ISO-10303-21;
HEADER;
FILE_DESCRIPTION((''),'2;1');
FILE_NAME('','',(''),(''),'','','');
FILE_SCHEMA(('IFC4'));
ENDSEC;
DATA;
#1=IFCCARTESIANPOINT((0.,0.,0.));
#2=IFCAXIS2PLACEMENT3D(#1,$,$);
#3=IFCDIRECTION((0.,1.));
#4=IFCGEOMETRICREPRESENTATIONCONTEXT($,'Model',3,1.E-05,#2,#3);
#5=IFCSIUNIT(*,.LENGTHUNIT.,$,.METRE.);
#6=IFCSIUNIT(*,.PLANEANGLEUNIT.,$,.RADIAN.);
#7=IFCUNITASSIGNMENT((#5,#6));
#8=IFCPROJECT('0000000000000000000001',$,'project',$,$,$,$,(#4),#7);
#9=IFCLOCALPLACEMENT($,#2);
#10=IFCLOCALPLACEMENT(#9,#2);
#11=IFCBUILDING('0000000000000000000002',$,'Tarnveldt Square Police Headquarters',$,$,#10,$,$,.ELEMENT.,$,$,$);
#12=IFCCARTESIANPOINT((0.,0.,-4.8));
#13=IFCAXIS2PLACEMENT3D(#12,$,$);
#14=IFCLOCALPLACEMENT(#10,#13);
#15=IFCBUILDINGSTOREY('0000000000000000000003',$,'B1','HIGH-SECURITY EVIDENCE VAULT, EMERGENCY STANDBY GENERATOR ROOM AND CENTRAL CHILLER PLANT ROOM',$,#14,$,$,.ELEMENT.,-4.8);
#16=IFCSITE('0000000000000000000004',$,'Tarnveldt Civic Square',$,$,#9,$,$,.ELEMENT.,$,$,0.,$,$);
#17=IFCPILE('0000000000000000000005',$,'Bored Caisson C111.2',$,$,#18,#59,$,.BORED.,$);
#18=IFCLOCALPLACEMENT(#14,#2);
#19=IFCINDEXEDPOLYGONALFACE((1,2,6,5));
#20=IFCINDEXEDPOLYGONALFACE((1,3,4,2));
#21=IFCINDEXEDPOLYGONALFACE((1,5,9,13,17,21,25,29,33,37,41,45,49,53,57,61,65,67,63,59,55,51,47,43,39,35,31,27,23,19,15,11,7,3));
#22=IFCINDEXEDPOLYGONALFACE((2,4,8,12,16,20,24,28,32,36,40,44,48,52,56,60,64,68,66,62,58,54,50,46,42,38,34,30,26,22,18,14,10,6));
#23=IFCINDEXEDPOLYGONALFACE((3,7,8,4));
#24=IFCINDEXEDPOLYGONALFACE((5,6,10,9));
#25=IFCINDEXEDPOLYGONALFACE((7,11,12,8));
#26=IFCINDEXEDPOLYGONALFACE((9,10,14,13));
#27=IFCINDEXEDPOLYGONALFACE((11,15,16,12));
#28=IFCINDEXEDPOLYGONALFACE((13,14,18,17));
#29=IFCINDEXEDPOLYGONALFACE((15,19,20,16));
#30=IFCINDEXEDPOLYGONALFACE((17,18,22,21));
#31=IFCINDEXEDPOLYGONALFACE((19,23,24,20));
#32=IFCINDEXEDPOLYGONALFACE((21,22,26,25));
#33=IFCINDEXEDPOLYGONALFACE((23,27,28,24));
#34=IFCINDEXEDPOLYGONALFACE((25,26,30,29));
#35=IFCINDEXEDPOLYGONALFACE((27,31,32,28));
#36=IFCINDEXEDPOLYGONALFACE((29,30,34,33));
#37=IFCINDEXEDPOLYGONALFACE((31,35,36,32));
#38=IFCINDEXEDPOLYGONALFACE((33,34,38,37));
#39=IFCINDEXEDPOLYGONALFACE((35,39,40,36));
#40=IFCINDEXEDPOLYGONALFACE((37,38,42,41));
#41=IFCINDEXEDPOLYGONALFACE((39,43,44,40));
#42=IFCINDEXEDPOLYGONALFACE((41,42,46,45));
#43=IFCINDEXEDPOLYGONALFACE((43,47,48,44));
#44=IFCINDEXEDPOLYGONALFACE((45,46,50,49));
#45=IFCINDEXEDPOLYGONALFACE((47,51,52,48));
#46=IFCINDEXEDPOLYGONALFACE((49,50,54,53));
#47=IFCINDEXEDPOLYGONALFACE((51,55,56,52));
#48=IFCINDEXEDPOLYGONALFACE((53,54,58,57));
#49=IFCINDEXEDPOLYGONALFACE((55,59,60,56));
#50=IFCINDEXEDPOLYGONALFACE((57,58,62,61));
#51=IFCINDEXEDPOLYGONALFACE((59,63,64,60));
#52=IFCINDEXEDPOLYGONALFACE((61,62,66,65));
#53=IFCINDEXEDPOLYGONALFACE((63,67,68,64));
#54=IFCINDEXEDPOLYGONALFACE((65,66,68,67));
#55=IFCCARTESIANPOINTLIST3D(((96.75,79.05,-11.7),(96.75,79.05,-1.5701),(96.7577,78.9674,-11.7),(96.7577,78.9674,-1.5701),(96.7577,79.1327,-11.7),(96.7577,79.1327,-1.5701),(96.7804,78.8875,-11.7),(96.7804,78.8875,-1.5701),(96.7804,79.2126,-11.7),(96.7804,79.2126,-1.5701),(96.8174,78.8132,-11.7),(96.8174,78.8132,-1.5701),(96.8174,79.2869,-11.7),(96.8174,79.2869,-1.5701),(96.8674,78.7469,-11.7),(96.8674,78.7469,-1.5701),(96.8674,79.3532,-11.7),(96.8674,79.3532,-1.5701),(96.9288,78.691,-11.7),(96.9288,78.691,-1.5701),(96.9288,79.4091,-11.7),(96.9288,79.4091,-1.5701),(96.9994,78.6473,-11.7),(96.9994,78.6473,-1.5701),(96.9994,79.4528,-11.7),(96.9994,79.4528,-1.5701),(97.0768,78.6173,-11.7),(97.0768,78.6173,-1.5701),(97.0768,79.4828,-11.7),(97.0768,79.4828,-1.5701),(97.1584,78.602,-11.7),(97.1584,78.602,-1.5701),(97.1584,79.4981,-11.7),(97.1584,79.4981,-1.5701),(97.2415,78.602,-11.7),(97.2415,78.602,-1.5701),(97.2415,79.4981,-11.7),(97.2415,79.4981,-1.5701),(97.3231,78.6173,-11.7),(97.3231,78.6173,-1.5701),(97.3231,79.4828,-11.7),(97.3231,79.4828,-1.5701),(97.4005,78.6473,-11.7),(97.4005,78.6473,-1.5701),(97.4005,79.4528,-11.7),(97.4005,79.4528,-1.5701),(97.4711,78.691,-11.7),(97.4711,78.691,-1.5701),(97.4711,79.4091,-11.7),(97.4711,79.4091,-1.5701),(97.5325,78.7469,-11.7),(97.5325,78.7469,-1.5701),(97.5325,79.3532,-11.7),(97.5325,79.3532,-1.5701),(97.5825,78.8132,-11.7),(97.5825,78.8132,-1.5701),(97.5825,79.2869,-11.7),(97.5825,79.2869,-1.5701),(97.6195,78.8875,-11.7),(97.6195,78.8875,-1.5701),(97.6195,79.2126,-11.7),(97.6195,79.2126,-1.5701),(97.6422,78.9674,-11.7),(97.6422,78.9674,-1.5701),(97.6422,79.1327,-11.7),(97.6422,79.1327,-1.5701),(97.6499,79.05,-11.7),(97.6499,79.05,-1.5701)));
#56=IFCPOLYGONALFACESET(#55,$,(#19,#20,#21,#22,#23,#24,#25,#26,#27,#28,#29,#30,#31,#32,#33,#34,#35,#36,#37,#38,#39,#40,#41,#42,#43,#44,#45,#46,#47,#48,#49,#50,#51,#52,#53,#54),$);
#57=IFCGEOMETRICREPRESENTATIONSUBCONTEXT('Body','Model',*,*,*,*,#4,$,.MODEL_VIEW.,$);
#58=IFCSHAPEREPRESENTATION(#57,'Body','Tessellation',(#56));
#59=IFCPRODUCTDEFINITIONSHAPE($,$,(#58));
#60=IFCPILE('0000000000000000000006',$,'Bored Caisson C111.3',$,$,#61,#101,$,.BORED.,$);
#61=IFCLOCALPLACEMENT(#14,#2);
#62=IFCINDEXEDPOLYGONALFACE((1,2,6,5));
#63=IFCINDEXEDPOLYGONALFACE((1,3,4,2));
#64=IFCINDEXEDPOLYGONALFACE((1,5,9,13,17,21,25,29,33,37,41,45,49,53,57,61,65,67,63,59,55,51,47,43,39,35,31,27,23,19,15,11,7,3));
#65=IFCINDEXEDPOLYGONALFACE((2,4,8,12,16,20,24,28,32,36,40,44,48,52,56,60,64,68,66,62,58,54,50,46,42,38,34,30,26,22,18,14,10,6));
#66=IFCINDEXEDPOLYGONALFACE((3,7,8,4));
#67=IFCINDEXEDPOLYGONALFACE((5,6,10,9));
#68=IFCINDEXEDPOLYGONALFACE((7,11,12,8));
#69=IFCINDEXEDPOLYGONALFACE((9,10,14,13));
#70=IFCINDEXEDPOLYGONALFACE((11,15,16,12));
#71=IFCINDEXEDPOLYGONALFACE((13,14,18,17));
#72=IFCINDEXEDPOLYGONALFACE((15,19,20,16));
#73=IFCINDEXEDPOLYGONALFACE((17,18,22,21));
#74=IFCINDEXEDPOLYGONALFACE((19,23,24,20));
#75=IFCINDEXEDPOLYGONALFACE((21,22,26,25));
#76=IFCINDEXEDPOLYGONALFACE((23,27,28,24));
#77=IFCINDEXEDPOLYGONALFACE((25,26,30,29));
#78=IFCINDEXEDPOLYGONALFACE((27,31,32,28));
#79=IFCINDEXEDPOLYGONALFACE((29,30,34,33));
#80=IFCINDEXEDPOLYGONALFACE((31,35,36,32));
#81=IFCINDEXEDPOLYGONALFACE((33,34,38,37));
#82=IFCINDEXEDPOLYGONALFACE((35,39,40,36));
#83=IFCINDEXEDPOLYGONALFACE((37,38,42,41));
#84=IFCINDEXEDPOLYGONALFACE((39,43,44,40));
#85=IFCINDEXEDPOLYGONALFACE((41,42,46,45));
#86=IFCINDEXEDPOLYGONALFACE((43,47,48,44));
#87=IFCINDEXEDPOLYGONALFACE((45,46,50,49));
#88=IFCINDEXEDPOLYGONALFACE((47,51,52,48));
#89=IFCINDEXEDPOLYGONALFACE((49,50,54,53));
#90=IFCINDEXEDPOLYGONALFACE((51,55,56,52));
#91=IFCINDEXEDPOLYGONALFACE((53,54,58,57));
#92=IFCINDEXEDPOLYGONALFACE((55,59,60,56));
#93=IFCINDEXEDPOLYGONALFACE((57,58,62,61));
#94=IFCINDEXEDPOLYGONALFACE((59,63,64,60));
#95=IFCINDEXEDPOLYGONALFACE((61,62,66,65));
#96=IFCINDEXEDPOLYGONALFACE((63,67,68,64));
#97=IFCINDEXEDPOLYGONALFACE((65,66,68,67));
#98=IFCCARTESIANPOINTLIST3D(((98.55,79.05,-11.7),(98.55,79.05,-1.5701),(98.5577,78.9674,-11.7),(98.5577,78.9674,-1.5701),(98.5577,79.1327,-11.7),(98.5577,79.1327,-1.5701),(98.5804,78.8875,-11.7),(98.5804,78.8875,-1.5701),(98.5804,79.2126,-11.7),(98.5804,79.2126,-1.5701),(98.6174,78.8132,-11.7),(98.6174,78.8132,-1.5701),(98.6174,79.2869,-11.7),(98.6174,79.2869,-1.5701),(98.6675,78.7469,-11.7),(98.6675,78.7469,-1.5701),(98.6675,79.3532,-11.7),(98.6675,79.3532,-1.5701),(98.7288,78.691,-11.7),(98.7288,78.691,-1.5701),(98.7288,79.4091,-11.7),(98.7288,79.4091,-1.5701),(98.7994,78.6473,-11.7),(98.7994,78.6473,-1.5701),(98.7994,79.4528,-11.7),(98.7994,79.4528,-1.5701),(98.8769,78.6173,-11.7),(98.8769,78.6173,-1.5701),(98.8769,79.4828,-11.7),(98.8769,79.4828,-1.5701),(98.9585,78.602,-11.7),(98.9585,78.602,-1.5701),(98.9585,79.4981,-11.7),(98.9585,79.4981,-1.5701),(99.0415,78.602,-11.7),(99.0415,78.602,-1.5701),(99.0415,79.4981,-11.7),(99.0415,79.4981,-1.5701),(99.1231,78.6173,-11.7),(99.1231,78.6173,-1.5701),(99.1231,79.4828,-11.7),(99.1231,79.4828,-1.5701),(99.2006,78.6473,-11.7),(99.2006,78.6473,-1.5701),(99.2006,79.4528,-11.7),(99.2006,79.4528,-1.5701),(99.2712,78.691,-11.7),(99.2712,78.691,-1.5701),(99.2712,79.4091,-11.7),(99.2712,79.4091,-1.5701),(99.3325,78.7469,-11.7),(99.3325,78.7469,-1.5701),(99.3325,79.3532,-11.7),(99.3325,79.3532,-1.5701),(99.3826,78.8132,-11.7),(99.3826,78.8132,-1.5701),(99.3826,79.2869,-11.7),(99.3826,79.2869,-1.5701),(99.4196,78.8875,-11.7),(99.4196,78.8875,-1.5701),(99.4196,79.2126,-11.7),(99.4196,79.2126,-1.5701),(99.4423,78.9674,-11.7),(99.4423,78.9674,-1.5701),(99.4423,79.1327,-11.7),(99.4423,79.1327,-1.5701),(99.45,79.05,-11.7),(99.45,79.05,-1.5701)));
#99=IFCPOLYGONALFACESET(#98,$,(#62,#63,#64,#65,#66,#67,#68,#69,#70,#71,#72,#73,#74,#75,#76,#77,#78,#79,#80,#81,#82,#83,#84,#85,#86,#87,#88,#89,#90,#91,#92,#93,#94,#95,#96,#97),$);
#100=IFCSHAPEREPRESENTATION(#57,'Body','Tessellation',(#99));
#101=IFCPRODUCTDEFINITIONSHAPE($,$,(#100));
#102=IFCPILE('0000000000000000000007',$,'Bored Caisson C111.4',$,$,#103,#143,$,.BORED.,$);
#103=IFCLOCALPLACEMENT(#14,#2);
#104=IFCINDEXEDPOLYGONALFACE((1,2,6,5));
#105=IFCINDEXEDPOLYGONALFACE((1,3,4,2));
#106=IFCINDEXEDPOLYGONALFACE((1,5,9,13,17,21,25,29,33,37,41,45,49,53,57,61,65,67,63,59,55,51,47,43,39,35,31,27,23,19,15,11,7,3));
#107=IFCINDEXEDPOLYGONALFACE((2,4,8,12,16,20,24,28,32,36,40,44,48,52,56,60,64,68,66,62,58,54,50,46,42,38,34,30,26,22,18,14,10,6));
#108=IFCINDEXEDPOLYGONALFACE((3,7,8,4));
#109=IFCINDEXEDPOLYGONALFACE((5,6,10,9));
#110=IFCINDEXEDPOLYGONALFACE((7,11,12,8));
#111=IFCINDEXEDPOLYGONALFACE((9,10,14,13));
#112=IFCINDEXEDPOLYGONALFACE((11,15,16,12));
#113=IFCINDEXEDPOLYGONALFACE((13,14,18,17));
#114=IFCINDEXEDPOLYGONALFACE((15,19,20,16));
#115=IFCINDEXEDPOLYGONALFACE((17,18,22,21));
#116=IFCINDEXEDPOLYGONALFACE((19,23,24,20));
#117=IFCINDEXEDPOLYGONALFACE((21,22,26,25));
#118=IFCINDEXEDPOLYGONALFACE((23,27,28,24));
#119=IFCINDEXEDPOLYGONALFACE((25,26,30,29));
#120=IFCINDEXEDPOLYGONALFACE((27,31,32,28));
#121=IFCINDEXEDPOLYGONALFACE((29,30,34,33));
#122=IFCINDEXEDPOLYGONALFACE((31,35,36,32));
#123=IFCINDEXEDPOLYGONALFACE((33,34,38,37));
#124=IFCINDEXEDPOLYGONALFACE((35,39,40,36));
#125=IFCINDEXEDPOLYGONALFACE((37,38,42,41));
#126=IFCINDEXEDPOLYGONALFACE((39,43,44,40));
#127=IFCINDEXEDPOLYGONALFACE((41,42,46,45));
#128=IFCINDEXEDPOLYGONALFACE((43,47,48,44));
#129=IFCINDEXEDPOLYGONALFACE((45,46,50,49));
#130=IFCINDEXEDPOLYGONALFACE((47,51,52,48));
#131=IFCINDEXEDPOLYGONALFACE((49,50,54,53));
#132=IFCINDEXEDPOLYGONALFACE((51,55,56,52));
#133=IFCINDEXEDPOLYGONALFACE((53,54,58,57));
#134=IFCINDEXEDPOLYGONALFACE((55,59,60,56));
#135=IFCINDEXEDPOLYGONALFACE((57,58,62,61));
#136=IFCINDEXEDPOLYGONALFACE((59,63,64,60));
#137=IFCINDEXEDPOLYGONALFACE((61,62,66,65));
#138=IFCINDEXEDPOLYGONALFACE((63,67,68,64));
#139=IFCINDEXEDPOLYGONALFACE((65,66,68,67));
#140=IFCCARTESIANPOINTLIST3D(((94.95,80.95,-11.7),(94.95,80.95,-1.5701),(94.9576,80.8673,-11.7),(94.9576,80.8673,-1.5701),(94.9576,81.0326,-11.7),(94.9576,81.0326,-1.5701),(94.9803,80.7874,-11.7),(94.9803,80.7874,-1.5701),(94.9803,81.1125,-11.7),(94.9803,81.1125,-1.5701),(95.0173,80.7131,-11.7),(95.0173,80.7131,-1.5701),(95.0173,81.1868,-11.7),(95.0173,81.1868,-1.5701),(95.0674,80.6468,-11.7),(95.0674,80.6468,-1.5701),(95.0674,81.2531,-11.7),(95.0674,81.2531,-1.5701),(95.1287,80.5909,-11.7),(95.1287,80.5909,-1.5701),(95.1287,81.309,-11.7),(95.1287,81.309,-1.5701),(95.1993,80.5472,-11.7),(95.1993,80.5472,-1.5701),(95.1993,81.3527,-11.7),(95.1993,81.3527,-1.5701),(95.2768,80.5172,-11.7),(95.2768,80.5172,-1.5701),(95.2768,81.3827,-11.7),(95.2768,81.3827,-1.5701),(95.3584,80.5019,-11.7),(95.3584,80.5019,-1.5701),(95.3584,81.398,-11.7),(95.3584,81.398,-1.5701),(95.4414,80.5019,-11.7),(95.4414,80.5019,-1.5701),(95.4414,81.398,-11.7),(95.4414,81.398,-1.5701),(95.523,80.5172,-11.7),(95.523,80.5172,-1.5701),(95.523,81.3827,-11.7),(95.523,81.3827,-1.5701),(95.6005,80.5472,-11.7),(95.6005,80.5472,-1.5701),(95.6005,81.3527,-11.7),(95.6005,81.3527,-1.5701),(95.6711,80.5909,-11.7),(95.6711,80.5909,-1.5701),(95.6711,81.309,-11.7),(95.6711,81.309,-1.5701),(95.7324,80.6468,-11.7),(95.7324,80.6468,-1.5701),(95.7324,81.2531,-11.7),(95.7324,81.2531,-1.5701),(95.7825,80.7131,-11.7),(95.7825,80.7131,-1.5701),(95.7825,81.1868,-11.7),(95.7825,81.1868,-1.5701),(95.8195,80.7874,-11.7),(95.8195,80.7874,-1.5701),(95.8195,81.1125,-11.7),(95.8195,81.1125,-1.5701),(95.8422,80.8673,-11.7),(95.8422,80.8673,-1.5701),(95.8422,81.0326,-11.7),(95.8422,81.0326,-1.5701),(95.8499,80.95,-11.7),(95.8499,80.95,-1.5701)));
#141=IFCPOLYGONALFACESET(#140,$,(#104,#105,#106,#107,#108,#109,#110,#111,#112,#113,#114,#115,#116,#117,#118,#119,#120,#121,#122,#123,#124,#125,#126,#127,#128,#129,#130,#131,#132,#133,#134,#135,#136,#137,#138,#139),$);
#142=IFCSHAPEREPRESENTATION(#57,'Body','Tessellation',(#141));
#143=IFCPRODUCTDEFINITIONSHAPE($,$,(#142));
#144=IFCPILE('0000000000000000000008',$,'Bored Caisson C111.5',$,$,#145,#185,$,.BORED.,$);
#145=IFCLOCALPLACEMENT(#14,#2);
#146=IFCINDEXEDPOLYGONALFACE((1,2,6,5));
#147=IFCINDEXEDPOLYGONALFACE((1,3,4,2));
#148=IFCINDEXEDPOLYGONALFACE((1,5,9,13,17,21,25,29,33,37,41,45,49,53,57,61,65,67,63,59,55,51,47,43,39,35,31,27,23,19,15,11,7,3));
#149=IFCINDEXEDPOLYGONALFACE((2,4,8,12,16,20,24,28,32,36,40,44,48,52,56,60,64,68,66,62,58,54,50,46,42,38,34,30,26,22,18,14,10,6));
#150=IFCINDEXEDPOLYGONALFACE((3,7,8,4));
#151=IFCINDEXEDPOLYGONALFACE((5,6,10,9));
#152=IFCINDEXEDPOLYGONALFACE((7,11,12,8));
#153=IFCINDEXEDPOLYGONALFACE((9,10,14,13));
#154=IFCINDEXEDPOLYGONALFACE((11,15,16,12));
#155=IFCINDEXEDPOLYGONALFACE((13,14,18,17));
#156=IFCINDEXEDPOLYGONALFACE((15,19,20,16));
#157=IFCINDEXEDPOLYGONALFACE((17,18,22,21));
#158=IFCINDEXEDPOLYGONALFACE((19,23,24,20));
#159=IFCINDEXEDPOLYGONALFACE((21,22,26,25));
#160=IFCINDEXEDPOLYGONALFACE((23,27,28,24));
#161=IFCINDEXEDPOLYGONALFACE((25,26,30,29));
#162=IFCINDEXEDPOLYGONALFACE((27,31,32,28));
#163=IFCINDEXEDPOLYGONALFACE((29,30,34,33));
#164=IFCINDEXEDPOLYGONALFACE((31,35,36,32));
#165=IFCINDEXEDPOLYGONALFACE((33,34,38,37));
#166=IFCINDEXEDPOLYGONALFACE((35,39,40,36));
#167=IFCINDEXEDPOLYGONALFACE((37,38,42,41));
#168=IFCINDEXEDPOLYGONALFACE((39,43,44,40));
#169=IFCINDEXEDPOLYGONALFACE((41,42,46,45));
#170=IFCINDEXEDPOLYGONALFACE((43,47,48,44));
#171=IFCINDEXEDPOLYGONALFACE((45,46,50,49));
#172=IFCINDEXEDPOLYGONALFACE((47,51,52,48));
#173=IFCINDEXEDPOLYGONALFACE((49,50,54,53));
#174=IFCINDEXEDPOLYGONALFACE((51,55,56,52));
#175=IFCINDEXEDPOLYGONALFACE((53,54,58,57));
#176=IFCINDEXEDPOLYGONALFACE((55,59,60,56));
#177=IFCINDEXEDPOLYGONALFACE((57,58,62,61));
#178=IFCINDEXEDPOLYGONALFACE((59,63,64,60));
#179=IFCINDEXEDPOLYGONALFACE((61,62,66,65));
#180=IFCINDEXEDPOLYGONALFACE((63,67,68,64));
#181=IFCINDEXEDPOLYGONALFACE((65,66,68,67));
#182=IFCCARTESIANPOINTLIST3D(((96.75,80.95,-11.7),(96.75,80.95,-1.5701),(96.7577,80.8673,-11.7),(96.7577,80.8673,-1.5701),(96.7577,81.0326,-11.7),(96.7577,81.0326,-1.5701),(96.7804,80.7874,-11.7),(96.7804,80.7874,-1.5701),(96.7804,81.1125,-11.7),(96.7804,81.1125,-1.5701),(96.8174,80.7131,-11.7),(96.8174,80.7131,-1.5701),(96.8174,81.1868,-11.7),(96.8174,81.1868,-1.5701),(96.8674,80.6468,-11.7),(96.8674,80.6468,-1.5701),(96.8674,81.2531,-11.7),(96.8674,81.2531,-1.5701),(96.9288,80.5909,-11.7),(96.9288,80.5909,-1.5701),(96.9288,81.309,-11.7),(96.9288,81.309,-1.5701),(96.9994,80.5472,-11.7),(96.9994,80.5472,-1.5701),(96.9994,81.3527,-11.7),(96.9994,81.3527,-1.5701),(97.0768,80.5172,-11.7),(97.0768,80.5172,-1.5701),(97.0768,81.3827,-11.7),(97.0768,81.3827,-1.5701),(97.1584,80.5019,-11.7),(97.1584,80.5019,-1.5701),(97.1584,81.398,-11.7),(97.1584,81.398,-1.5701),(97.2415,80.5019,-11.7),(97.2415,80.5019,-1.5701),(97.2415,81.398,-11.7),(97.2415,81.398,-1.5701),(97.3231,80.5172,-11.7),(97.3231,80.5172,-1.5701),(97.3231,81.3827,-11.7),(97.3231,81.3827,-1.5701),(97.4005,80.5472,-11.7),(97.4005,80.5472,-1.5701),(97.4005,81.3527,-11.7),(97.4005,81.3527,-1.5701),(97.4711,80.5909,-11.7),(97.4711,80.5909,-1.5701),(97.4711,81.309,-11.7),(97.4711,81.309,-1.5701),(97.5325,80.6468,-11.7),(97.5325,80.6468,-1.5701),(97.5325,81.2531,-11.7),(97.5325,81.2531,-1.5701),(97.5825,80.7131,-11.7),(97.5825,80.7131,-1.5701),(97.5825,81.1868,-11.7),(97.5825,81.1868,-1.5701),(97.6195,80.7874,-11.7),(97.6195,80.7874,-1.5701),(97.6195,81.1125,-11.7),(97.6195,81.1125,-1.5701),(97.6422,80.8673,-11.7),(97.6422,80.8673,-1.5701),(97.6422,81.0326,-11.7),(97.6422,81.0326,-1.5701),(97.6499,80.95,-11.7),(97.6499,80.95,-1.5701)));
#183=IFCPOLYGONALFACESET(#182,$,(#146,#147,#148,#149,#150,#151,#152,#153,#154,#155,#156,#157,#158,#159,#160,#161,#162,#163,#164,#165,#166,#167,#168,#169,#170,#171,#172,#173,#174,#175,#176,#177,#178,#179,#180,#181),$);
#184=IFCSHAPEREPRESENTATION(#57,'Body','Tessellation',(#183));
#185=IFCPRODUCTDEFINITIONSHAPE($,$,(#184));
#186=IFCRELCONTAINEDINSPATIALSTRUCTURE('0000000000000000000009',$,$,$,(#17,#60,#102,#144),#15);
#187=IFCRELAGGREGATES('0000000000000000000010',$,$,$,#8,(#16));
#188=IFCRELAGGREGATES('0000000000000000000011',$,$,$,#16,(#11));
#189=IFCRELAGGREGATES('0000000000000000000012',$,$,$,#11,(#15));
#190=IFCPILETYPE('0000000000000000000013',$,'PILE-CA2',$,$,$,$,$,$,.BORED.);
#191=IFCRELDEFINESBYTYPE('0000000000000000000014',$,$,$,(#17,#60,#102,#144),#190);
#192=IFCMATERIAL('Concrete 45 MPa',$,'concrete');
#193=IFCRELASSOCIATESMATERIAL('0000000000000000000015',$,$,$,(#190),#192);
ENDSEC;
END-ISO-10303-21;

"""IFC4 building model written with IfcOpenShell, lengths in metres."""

from ifc_helpers import new_model, si_unit, direction, frame, origin, origin_2d, place, context, subcontext, project, spatial, circle, extrude, material, material_profile, profile_set, type_object, element, save


model = new_model("IFC4")

# Units and contexts
model_context = context("Model", 3, precision=1e-05, world=origin(), true_north=direction((0.0, 1.0)))
body_context = subcontext(model_context, "Body", "Model", "MODEL_VIEW")
ifc_project = project(units=[si_unit("LENGTHUNIT", "METRE"), si_unit("PLANEANGLEUNIT", "RADIAN")], contexts=[model_context])

# Site, building, storey
site_placement = place(None, origin())
site = spatial("IfcSite", under=ifc_project, at=site_placement, Name="Tarnveldt Civic Square", CompositionType="ELEMENT", RefElevation=0.0)
building_placement = place(site_placement, origin())
building = spatial("IfcBuilding", under=site, at=building_placement, Name="Tarnveldt Square Police Headquarters", CompositionType="ELEMENT")
storey_placement = place(building_placement, frame((0.0, 0.0, -4.8)))
storey = spatial("IfcBuildingStorey", under=building, at=storey_placement, Name="B1", Description="HIGH-SECURITY EVIDENCE VAULT, EMERGENCY STANDBY GENERATOR ROOM AND CENTRAL CHILLER PLANT ROOM", CompositionType="ELEMENT", Elevation=-4.8)

# Shared definitions
ifc_material_1 = material(Name="Concrete 45 MPa", Category="concrete")

# Piles
ifc_material_profile_1 = material_profile(ifc_material_1, circle(Radius=0.45, at=origin_2d()), Name="CAISSON-D900")
ifc_profile_set_1 = profile_set([ifc_material_profile_1], Name="Concrete 45 MPa")
pile_type = type_object("IfcPileType", Name="PILE-CA2", PredefinedType="BORED", material=ifc_profile_set_1)
for number, where, z_axis, x_axis, name in (
    (1, (97.2, 79.05, -1.5701), (0.0, 0.0, -1.0), (1.0, 0.0, 0.0), "Bored Caisson C111.2"),
    (2, (99.0, 79.05, -1.5701), (0.0, 0.0, -1.0), (1.0, 0.0, 0.0), "Bored Caisson C111.3"),
    (3, (95.3999, 80.95, -1.5701), (0.0, 0.0, -1.0), (1.0, 0.0, 0.0), "Bored Caisson C111.4"),
    (4, (97.2, 80.95, -1.5701), (0.0, 0.0, -1.0), (1.0, 0.0, 0.0), "Bored Caisson C111.5"),
):
    element("IfcPile", number, at=place(storey_placement, frame(where, z_axis=z_axis, x_axis=x_axis)), inside=storey, type_object=pile_type, Name=name, PredefinedType="BORED", context=body_context, shape_type="SweptSolid", body=[
        extrude(circle(Radius=0.45, at=origin_2d()), origin(), (0.0, 0.0, 1.0), 10.1299),
    ])

save(model, "model.ifc")
